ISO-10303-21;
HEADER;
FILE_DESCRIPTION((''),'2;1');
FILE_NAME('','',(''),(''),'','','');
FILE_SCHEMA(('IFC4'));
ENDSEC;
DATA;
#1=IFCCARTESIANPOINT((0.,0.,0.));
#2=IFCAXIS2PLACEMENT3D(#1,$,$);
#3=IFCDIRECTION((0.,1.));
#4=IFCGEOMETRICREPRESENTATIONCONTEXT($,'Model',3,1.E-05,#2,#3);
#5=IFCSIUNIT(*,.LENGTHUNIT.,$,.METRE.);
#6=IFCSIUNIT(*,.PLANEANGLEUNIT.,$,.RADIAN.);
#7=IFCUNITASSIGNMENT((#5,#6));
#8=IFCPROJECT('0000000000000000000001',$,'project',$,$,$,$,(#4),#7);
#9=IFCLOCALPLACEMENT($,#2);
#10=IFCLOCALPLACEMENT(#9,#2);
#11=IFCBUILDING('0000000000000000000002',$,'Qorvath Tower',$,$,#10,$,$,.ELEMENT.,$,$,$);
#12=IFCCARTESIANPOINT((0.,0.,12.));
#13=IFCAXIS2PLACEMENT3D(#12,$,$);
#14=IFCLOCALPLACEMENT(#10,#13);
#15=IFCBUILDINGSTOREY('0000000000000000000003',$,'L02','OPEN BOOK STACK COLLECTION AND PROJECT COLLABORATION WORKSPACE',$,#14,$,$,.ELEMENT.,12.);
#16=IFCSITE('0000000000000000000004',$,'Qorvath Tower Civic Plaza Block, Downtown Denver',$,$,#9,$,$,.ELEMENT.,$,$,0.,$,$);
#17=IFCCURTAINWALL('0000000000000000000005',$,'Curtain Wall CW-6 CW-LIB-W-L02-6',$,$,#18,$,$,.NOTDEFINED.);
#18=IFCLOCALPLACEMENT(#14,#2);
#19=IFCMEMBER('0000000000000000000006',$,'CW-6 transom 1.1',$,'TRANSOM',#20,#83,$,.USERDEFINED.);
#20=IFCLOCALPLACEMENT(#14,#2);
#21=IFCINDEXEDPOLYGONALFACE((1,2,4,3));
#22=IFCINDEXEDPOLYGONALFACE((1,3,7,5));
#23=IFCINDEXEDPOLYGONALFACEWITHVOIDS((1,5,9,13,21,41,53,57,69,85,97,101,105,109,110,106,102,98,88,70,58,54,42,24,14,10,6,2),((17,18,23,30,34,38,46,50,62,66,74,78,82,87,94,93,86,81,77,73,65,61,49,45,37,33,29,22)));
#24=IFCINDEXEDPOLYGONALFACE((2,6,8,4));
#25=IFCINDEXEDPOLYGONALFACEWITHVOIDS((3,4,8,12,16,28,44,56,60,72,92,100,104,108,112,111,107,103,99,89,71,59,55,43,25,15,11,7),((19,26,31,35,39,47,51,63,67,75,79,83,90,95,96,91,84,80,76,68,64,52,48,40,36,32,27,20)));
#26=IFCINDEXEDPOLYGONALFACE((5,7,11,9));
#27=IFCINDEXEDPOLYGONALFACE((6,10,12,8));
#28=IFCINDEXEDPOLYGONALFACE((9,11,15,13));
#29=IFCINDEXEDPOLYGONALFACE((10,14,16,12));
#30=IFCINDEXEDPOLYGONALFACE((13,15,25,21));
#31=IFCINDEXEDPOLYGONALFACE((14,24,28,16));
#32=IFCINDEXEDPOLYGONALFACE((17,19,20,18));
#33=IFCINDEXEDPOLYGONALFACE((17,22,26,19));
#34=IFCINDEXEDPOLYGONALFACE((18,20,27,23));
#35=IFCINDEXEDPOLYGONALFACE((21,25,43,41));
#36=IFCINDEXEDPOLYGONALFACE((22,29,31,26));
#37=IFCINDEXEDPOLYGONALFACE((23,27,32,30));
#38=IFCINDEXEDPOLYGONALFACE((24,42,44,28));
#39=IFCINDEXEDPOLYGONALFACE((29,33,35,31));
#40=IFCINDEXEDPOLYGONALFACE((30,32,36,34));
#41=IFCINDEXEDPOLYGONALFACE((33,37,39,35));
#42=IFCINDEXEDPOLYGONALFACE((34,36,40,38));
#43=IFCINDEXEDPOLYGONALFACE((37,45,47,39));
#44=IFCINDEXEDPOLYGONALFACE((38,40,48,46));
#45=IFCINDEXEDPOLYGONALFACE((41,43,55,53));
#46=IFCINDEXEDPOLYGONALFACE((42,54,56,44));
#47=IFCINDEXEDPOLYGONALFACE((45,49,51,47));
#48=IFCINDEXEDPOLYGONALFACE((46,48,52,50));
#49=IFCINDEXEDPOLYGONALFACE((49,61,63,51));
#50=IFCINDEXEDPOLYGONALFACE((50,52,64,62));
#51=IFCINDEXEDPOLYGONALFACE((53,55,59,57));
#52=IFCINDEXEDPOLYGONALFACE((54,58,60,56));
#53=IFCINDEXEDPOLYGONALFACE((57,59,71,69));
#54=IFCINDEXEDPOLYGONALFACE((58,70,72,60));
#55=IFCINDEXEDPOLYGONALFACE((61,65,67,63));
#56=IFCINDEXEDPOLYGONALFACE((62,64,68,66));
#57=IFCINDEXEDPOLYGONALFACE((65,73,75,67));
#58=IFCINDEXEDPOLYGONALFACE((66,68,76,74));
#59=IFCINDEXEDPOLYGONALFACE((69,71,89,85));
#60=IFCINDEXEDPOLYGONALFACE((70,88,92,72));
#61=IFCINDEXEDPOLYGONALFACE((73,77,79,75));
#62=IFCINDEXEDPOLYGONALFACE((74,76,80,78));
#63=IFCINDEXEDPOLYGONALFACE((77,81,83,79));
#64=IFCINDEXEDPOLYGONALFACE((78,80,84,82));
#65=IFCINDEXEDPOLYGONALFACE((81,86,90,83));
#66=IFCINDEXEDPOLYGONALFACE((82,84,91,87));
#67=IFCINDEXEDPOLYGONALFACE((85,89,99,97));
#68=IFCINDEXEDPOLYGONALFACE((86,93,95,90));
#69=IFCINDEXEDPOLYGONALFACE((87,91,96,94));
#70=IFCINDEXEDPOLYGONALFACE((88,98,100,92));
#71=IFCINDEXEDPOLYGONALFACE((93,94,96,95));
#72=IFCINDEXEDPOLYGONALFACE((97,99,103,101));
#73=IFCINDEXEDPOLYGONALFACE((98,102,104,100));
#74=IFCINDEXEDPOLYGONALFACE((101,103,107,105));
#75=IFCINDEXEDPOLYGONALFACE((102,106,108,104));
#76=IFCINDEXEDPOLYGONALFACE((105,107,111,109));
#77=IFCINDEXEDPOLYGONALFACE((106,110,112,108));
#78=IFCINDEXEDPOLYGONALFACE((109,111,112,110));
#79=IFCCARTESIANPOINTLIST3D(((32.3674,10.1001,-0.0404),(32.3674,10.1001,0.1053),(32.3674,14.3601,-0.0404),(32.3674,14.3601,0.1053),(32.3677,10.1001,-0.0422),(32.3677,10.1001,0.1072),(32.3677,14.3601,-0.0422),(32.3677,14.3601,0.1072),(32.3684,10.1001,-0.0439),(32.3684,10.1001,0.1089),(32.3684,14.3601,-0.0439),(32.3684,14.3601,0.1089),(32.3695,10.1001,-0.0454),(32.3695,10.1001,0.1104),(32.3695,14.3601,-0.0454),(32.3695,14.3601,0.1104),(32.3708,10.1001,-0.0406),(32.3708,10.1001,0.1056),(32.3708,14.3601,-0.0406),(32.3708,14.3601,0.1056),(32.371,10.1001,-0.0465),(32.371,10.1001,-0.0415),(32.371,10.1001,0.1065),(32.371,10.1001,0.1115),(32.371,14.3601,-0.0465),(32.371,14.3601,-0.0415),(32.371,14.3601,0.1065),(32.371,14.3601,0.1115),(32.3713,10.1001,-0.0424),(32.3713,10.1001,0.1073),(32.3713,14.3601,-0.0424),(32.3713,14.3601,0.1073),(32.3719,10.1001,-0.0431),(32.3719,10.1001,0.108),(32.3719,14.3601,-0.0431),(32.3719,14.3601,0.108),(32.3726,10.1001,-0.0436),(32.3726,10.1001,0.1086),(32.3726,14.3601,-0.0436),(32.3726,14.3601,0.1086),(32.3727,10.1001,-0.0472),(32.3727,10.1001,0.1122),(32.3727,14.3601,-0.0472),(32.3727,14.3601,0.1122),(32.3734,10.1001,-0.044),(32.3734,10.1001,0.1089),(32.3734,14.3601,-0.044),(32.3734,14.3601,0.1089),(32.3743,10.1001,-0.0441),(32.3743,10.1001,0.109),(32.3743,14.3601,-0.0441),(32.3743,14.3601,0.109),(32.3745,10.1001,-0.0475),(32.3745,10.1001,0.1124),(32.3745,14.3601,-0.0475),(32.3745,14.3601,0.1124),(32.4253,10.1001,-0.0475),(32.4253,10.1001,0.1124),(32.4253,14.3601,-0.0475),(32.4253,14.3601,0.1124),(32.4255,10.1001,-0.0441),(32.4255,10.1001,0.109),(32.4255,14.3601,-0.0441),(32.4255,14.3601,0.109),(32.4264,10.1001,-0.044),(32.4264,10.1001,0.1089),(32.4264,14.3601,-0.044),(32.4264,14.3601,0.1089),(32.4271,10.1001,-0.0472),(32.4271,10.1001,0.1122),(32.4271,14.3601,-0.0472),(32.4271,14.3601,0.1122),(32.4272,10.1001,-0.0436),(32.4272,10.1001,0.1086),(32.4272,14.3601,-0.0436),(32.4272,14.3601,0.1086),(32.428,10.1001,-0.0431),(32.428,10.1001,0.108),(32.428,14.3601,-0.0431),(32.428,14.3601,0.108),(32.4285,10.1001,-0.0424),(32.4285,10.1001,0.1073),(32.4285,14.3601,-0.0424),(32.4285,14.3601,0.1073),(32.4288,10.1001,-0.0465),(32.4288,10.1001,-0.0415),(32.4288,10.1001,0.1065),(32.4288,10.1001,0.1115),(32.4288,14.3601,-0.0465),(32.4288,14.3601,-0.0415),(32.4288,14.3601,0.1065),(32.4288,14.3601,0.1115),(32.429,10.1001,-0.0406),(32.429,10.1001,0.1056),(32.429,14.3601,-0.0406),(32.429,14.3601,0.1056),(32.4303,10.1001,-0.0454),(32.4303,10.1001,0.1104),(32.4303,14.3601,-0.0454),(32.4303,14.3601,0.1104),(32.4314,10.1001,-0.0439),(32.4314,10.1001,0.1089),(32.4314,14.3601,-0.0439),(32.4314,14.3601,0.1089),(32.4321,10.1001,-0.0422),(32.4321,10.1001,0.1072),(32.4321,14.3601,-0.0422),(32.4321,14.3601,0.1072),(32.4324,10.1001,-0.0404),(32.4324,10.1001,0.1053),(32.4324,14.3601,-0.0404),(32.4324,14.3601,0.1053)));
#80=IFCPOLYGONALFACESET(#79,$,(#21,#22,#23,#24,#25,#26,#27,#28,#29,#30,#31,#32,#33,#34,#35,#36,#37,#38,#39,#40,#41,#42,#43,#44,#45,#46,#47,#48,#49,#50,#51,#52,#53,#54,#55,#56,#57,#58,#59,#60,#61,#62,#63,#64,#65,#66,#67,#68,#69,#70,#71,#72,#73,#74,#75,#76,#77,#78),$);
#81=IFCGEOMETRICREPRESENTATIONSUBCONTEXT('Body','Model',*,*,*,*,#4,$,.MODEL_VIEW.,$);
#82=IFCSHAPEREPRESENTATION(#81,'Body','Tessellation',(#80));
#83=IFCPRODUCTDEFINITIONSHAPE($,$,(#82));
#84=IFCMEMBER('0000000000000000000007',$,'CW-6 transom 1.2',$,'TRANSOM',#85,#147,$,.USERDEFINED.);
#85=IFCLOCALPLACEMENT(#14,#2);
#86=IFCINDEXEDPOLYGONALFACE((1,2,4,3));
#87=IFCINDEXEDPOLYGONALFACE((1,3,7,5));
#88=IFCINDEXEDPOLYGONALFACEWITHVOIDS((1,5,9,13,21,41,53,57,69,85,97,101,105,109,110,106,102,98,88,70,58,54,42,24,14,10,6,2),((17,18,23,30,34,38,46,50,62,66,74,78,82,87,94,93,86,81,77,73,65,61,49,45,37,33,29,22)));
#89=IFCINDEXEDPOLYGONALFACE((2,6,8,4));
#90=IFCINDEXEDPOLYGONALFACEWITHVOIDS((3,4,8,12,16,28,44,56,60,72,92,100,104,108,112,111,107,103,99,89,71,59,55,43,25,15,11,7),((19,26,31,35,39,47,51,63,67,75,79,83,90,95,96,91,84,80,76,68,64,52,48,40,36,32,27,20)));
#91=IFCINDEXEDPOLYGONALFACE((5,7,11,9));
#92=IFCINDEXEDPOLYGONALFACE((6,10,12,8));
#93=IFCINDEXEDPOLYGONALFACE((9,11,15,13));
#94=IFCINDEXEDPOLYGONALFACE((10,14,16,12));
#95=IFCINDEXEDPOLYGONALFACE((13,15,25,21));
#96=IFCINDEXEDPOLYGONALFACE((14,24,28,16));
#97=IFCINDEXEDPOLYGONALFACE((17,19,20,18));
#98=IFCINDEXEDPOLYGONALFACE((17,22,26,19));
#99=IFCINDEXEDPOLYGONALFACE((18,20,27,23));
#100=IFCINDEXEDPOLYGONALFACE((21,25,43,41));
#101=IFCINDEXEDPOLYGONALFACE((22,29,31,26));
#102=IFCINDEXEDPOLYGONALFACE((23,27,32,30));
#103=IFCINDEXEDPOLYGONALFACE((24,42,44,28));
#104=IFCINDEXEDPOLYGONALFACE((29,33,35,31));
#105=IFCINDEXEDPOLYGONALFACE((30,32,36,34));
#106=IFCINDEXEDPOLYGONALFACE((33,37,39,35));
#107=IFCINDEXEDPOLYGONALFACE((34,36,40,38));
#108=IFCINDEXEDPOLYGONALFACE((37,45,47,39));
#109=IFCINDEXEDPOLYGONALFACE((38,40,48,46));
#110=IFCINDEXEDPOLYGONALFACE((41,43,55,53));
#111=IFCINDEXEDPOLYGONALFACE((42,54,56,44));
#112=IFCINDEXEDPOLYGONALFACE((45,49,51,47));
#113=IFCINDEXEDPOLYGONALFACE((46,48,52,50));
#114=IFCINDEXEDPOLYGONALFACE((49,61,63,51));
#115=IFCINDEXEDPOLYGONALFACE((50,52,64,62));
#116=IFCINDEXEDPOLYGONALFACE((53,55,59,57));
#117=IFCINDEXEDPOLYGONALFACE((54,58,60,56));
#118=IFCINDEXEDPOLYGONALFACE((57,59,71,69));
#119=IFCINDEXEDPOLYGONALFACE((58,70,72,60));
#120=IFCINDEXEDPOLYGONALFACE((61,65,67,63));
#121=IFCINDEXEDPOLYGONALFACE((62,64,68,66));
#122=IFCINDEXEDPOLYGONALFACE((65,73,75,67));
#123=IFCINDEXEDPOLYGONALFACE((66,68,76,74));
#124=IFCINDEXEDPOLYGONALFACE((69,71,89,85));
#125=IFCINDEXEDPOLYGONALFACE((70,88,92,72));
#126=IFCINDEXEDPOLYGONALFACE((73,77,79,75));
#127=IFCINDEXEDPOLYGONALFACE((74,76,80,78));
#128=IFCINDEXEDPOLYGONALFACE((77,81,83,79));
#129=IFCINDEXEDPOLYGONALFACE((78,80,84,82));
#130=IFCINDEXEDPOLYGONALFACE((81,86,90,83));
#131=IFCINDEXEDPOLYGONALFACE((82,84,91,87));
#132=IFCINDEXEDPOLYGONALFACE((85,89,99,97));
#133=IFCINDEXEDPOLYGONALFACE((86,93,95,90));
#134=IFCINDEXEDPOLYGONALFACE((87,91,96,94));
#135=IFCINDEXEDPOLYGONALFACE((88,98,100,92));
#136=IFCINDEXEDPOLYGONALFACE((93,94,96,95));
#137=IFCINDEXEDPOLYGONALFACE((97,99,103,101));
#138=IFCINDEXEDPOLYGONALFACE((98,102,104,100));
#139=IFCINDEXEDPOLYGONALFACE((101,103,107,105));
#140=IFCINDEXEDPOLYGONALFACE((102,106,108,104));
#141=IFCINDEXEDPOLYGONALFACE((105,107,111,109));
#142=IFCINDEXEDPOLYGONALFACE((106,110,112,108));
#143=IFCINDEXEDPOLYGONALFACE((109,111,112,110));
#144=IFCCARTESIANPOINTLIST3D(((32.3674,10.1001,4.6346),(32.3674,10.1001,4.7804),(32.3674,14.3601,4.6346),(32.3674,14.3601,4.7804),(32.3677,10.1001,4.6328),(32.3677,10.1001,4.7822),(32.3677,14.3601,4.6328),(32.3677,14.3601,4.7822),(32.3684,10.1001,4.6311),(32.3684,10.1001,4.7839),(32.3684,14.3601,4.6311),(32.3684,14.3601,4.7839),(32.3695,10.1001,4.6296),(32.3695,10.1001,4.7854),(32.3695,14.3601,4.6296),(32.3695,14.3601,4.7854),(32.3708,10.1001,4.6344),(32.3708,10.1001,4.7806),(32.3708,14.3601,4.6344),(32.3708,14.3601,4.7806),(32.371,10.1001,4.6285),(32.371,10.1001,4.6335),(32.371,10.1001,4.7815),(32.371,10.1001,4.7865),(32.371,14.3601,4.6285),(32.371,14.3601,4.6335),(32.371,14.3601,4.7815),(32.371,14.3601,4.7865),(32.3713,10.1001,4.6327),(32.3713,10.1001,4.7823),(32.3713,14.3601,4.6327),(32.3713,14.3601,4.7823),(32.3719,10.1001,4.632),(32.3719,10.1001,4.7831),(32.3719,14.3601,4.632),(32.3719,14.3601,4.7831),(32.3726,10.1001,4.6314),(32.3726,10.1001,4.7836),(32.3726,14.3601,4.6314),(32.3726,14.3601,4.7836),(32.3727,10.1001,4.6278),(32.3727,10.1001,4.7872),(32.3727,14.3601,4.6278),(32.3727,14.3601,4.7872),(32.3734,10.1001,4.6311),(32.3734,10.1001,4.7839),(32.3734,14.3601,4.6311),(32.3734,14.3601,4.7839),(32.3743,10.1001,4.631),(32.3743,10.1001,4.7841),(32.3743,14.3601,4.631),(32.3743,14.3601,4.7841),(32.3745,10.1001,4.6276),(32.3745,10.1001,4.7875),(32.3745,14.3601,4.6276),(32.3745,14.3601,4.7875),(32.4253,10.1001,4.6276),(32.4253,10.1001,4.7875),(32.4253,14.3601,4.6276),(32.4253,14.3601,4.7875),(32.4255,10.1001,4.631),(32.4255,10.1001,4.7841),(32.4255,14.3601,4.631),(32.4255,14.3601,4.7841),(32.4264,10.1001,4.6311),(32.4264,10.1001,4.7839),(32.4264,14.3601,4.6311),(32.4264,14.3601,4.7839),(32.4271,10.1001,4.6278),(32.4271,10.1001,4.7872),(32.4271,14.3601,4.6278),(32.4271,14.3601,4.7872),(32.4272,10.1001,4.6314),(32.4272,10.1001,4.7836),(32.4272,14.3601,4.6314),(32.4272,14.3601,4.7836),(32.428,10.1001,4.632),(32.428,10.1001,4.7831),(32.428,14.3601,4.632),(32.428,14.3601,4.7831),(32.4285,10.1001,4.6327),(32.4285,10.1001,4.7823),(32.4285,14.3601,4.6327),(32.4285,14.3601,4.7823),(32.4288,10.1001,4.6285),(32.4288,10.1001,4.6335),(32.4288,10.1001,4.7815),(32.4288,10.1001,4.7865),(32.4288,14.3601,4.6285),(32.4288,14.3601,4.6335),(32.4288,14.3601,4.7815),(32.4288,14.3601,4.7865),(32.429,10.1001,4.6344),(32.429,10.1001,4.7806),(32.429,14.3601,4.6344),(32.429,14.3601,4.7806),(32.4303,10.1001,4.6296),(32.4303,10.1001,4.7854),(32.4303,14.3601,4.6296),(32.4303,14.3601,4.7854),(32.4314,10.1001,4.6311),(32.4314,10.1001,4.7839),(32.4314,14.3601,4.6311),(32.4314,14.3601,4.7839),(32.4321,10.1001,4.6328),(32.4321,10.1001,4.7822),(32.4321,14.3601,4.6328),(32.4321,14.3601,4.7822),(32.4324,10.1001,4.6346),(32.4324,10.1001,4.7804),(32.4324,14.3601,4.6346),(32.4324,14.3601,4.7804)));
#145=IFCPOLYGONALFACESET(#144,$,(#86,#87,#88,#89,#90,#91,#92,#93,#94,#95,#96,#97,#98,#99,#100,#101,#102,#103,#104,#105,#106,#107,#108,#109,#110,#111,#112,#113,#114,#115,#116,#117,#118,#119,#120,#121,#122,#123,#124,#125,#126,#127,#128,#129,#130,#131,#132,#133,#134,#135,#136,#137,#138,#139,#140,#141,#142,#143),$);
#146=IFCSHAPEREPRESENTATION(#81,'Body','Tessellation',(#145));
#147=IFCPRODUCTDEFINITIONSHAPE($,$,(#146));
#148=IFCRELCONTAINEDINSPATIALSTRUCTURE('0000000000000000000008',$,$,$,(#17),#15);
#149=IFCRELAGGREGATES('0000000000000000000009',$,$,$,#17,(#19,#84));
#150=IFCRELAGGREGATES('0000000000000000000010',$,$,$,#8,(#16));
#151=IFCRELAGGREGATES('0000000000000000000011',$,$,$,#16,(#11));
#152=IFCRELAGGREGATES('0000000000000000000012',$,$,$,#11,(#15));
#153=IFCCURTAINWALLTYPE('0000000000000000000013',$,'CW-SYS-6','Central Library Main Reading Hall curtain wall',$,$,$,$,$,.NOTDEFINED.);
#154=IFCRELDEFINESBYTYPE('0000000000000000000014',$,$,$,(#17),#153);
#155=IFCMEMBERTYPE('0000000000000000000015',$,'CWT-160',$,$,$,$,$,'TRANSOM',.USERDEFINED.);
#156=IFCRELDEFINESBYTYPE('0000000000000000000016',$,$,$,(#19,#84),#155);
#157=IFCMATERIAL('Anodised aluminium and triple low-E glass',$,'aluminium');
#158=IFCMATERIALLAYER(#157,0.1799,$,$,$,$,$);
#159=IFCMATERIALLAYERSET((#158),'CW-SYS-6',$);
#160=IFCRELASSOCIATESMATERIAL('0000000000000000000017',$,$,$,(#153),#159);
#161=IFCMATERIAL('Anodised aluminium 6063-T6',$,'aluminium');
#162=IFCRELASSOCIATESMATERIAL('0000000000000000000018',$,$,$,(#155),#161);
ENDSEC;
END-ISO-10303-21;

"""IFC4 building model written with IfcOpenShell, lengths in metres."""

from ifc_helpers import new_model, si_unit, direction, frame, origin, origin_2d, place, context, subcontext, project, spatial, hollow_rectangle, extrude, material, layer, layer_set, material_profile, profile_set, type_object, element, aggregate, save


model = new_model("IFC4")

# Units and contexts
model_context = context("Model", 3, precision=1e-05, world=origin(), true_north=direction((0.0, 1.0)))
body_context = subcontext(model_context, "Body", "Model", "MODEL_VIEW")
ifc_project = project(units=[si_unit("LENGTHUNIT", "METRE"), si_unit("PLANEANGLEUNIT", "RADIAN")], contexts=[model_context])

# Site, building, storey
site_placement = place(None, origin())
site = spatial("IfcSite", under=ifc_project, at=site_placement, Name="Qorvath Tower Civic Plaza Block, Downtown Denver", CompositionType="ELEMENT", RefElevation=0.0)
building_placement = place(site_placement, origin())
building = spatial("IfcBuilding", under=site, at=building_placement, Name="Qorvath Tower", CompositionType="ELEMENT")
storey_placement = place(building_placement, frame((0.0, 0.0, 12.0)))
storey = spatial("IfcBuildingStorey", under=building, at=storey_placement, Name="L02", Description="OPEN BOOK STACK COLLECTION AND PROJECT COLLABORATION WORKSPACE", CompositionType="ELEMENT", Elevation=12.0)

# Curtain wall, members
ifc_material_1 = material(Name="Anodised aluminium and triple low-E glass", Category="aluminium")
ifc_layer_1 = layer(ifc_material_1, 0.1799)
ifc_layer_set_1 = layer_set([ifc_layer_1], Name="CW-SYS-6")
curtain_wall_type = type_object("IfcCurtainWallType", Name="CW-SYS-6", Description="Central Library Main Reading Hall curtain wall", PredefinedType="NOTDEFINED", material=ifc_layer_set_1)
curtain_wall_placement = place(storey_placement, origin())
curtain_wall = element("IfcCurtainWall", 1, at=curtain_wall_placement, inside=storey, type_object=curtain_wall_type, Name="Curtain Wall CW-6 CW-LIB-W-L02-6", PredefinedType="NOTDEFINED")
ifc_material_2 = material(Name="Anodised aluminium 6063-T6", Category="aluminium")
ifc_material_profile_1 = material_profile(ifc_material_2, hollow_rectangle(XDim=0.0649, YDim=0.1599, WallThickness=0.0034, InnerFilletRadius=0.0034, OuterFilletRadius=0.0071, at=origin_2d()), Name="CWT 160x65")
ifc_profile_set_1 = profile_set([ifc_material_profile_1], Name="Anodised aluminium 6063-T6")
member_type_1 = type_object("IfcMemberType", Name="CWT-160", ElementType="TRANSOM", PredefinedType="USERDEFINED", material=ifc_profile_set_1)
member_1_placement = place(storey_placement, frame((32.3999, 10.1001, 0.0325), z_axis=(0.0, 1.0, 0.0), x_axis=(-1.0, 0.0, 0.0)))
member_1 = element("IfcMember", 2, at=member_1_placement, type_object=member_type_1, Name="CW-6 transom 1.1", ObjectType="TRANSOM", PredefinedType="USERDEFINED", context=body_context, shape_type="SweptSolid", body=[
    extrude(hollow_rectangle(XDim=0.0649, YDim=0.1599, WallThickness=0.0034, InnerFilletRadius=0.0034, OuterFilletRadius=0.0071, at=origin_2d()), origin(), (0.0, 0.0, 1.0), 4.26),
])
member_2_placement = place(storey_placement, frame((32.3999, 10.1001, 4.7075), z_axis=(0.0, 1.0, 0.0), x_axis=(-1.0, 0.0, 0.0)))
member_2 = element("IfcMember", 3, at=member_2_placement, type_object=member_type_1, Name="CW-6 transom 1.2", ObjectType="TRANSOM", PredefinedType="USERDEFINED", context=body_context, shape_type="SweptSolid", body=[
    extrude(hollow_rectangle(XDim=0.0649, YDim=0.1599, WallThickness=0.0034, InnerFilletRadius=0.0034, OuterFilletRadius=0.0071, at=origin_2d()), origin(), (0.0, 0.0, 1.0), 4.26),
])
aggregate(curtain_wall, [member_1, member_2])

save(model, "model.ifc")
